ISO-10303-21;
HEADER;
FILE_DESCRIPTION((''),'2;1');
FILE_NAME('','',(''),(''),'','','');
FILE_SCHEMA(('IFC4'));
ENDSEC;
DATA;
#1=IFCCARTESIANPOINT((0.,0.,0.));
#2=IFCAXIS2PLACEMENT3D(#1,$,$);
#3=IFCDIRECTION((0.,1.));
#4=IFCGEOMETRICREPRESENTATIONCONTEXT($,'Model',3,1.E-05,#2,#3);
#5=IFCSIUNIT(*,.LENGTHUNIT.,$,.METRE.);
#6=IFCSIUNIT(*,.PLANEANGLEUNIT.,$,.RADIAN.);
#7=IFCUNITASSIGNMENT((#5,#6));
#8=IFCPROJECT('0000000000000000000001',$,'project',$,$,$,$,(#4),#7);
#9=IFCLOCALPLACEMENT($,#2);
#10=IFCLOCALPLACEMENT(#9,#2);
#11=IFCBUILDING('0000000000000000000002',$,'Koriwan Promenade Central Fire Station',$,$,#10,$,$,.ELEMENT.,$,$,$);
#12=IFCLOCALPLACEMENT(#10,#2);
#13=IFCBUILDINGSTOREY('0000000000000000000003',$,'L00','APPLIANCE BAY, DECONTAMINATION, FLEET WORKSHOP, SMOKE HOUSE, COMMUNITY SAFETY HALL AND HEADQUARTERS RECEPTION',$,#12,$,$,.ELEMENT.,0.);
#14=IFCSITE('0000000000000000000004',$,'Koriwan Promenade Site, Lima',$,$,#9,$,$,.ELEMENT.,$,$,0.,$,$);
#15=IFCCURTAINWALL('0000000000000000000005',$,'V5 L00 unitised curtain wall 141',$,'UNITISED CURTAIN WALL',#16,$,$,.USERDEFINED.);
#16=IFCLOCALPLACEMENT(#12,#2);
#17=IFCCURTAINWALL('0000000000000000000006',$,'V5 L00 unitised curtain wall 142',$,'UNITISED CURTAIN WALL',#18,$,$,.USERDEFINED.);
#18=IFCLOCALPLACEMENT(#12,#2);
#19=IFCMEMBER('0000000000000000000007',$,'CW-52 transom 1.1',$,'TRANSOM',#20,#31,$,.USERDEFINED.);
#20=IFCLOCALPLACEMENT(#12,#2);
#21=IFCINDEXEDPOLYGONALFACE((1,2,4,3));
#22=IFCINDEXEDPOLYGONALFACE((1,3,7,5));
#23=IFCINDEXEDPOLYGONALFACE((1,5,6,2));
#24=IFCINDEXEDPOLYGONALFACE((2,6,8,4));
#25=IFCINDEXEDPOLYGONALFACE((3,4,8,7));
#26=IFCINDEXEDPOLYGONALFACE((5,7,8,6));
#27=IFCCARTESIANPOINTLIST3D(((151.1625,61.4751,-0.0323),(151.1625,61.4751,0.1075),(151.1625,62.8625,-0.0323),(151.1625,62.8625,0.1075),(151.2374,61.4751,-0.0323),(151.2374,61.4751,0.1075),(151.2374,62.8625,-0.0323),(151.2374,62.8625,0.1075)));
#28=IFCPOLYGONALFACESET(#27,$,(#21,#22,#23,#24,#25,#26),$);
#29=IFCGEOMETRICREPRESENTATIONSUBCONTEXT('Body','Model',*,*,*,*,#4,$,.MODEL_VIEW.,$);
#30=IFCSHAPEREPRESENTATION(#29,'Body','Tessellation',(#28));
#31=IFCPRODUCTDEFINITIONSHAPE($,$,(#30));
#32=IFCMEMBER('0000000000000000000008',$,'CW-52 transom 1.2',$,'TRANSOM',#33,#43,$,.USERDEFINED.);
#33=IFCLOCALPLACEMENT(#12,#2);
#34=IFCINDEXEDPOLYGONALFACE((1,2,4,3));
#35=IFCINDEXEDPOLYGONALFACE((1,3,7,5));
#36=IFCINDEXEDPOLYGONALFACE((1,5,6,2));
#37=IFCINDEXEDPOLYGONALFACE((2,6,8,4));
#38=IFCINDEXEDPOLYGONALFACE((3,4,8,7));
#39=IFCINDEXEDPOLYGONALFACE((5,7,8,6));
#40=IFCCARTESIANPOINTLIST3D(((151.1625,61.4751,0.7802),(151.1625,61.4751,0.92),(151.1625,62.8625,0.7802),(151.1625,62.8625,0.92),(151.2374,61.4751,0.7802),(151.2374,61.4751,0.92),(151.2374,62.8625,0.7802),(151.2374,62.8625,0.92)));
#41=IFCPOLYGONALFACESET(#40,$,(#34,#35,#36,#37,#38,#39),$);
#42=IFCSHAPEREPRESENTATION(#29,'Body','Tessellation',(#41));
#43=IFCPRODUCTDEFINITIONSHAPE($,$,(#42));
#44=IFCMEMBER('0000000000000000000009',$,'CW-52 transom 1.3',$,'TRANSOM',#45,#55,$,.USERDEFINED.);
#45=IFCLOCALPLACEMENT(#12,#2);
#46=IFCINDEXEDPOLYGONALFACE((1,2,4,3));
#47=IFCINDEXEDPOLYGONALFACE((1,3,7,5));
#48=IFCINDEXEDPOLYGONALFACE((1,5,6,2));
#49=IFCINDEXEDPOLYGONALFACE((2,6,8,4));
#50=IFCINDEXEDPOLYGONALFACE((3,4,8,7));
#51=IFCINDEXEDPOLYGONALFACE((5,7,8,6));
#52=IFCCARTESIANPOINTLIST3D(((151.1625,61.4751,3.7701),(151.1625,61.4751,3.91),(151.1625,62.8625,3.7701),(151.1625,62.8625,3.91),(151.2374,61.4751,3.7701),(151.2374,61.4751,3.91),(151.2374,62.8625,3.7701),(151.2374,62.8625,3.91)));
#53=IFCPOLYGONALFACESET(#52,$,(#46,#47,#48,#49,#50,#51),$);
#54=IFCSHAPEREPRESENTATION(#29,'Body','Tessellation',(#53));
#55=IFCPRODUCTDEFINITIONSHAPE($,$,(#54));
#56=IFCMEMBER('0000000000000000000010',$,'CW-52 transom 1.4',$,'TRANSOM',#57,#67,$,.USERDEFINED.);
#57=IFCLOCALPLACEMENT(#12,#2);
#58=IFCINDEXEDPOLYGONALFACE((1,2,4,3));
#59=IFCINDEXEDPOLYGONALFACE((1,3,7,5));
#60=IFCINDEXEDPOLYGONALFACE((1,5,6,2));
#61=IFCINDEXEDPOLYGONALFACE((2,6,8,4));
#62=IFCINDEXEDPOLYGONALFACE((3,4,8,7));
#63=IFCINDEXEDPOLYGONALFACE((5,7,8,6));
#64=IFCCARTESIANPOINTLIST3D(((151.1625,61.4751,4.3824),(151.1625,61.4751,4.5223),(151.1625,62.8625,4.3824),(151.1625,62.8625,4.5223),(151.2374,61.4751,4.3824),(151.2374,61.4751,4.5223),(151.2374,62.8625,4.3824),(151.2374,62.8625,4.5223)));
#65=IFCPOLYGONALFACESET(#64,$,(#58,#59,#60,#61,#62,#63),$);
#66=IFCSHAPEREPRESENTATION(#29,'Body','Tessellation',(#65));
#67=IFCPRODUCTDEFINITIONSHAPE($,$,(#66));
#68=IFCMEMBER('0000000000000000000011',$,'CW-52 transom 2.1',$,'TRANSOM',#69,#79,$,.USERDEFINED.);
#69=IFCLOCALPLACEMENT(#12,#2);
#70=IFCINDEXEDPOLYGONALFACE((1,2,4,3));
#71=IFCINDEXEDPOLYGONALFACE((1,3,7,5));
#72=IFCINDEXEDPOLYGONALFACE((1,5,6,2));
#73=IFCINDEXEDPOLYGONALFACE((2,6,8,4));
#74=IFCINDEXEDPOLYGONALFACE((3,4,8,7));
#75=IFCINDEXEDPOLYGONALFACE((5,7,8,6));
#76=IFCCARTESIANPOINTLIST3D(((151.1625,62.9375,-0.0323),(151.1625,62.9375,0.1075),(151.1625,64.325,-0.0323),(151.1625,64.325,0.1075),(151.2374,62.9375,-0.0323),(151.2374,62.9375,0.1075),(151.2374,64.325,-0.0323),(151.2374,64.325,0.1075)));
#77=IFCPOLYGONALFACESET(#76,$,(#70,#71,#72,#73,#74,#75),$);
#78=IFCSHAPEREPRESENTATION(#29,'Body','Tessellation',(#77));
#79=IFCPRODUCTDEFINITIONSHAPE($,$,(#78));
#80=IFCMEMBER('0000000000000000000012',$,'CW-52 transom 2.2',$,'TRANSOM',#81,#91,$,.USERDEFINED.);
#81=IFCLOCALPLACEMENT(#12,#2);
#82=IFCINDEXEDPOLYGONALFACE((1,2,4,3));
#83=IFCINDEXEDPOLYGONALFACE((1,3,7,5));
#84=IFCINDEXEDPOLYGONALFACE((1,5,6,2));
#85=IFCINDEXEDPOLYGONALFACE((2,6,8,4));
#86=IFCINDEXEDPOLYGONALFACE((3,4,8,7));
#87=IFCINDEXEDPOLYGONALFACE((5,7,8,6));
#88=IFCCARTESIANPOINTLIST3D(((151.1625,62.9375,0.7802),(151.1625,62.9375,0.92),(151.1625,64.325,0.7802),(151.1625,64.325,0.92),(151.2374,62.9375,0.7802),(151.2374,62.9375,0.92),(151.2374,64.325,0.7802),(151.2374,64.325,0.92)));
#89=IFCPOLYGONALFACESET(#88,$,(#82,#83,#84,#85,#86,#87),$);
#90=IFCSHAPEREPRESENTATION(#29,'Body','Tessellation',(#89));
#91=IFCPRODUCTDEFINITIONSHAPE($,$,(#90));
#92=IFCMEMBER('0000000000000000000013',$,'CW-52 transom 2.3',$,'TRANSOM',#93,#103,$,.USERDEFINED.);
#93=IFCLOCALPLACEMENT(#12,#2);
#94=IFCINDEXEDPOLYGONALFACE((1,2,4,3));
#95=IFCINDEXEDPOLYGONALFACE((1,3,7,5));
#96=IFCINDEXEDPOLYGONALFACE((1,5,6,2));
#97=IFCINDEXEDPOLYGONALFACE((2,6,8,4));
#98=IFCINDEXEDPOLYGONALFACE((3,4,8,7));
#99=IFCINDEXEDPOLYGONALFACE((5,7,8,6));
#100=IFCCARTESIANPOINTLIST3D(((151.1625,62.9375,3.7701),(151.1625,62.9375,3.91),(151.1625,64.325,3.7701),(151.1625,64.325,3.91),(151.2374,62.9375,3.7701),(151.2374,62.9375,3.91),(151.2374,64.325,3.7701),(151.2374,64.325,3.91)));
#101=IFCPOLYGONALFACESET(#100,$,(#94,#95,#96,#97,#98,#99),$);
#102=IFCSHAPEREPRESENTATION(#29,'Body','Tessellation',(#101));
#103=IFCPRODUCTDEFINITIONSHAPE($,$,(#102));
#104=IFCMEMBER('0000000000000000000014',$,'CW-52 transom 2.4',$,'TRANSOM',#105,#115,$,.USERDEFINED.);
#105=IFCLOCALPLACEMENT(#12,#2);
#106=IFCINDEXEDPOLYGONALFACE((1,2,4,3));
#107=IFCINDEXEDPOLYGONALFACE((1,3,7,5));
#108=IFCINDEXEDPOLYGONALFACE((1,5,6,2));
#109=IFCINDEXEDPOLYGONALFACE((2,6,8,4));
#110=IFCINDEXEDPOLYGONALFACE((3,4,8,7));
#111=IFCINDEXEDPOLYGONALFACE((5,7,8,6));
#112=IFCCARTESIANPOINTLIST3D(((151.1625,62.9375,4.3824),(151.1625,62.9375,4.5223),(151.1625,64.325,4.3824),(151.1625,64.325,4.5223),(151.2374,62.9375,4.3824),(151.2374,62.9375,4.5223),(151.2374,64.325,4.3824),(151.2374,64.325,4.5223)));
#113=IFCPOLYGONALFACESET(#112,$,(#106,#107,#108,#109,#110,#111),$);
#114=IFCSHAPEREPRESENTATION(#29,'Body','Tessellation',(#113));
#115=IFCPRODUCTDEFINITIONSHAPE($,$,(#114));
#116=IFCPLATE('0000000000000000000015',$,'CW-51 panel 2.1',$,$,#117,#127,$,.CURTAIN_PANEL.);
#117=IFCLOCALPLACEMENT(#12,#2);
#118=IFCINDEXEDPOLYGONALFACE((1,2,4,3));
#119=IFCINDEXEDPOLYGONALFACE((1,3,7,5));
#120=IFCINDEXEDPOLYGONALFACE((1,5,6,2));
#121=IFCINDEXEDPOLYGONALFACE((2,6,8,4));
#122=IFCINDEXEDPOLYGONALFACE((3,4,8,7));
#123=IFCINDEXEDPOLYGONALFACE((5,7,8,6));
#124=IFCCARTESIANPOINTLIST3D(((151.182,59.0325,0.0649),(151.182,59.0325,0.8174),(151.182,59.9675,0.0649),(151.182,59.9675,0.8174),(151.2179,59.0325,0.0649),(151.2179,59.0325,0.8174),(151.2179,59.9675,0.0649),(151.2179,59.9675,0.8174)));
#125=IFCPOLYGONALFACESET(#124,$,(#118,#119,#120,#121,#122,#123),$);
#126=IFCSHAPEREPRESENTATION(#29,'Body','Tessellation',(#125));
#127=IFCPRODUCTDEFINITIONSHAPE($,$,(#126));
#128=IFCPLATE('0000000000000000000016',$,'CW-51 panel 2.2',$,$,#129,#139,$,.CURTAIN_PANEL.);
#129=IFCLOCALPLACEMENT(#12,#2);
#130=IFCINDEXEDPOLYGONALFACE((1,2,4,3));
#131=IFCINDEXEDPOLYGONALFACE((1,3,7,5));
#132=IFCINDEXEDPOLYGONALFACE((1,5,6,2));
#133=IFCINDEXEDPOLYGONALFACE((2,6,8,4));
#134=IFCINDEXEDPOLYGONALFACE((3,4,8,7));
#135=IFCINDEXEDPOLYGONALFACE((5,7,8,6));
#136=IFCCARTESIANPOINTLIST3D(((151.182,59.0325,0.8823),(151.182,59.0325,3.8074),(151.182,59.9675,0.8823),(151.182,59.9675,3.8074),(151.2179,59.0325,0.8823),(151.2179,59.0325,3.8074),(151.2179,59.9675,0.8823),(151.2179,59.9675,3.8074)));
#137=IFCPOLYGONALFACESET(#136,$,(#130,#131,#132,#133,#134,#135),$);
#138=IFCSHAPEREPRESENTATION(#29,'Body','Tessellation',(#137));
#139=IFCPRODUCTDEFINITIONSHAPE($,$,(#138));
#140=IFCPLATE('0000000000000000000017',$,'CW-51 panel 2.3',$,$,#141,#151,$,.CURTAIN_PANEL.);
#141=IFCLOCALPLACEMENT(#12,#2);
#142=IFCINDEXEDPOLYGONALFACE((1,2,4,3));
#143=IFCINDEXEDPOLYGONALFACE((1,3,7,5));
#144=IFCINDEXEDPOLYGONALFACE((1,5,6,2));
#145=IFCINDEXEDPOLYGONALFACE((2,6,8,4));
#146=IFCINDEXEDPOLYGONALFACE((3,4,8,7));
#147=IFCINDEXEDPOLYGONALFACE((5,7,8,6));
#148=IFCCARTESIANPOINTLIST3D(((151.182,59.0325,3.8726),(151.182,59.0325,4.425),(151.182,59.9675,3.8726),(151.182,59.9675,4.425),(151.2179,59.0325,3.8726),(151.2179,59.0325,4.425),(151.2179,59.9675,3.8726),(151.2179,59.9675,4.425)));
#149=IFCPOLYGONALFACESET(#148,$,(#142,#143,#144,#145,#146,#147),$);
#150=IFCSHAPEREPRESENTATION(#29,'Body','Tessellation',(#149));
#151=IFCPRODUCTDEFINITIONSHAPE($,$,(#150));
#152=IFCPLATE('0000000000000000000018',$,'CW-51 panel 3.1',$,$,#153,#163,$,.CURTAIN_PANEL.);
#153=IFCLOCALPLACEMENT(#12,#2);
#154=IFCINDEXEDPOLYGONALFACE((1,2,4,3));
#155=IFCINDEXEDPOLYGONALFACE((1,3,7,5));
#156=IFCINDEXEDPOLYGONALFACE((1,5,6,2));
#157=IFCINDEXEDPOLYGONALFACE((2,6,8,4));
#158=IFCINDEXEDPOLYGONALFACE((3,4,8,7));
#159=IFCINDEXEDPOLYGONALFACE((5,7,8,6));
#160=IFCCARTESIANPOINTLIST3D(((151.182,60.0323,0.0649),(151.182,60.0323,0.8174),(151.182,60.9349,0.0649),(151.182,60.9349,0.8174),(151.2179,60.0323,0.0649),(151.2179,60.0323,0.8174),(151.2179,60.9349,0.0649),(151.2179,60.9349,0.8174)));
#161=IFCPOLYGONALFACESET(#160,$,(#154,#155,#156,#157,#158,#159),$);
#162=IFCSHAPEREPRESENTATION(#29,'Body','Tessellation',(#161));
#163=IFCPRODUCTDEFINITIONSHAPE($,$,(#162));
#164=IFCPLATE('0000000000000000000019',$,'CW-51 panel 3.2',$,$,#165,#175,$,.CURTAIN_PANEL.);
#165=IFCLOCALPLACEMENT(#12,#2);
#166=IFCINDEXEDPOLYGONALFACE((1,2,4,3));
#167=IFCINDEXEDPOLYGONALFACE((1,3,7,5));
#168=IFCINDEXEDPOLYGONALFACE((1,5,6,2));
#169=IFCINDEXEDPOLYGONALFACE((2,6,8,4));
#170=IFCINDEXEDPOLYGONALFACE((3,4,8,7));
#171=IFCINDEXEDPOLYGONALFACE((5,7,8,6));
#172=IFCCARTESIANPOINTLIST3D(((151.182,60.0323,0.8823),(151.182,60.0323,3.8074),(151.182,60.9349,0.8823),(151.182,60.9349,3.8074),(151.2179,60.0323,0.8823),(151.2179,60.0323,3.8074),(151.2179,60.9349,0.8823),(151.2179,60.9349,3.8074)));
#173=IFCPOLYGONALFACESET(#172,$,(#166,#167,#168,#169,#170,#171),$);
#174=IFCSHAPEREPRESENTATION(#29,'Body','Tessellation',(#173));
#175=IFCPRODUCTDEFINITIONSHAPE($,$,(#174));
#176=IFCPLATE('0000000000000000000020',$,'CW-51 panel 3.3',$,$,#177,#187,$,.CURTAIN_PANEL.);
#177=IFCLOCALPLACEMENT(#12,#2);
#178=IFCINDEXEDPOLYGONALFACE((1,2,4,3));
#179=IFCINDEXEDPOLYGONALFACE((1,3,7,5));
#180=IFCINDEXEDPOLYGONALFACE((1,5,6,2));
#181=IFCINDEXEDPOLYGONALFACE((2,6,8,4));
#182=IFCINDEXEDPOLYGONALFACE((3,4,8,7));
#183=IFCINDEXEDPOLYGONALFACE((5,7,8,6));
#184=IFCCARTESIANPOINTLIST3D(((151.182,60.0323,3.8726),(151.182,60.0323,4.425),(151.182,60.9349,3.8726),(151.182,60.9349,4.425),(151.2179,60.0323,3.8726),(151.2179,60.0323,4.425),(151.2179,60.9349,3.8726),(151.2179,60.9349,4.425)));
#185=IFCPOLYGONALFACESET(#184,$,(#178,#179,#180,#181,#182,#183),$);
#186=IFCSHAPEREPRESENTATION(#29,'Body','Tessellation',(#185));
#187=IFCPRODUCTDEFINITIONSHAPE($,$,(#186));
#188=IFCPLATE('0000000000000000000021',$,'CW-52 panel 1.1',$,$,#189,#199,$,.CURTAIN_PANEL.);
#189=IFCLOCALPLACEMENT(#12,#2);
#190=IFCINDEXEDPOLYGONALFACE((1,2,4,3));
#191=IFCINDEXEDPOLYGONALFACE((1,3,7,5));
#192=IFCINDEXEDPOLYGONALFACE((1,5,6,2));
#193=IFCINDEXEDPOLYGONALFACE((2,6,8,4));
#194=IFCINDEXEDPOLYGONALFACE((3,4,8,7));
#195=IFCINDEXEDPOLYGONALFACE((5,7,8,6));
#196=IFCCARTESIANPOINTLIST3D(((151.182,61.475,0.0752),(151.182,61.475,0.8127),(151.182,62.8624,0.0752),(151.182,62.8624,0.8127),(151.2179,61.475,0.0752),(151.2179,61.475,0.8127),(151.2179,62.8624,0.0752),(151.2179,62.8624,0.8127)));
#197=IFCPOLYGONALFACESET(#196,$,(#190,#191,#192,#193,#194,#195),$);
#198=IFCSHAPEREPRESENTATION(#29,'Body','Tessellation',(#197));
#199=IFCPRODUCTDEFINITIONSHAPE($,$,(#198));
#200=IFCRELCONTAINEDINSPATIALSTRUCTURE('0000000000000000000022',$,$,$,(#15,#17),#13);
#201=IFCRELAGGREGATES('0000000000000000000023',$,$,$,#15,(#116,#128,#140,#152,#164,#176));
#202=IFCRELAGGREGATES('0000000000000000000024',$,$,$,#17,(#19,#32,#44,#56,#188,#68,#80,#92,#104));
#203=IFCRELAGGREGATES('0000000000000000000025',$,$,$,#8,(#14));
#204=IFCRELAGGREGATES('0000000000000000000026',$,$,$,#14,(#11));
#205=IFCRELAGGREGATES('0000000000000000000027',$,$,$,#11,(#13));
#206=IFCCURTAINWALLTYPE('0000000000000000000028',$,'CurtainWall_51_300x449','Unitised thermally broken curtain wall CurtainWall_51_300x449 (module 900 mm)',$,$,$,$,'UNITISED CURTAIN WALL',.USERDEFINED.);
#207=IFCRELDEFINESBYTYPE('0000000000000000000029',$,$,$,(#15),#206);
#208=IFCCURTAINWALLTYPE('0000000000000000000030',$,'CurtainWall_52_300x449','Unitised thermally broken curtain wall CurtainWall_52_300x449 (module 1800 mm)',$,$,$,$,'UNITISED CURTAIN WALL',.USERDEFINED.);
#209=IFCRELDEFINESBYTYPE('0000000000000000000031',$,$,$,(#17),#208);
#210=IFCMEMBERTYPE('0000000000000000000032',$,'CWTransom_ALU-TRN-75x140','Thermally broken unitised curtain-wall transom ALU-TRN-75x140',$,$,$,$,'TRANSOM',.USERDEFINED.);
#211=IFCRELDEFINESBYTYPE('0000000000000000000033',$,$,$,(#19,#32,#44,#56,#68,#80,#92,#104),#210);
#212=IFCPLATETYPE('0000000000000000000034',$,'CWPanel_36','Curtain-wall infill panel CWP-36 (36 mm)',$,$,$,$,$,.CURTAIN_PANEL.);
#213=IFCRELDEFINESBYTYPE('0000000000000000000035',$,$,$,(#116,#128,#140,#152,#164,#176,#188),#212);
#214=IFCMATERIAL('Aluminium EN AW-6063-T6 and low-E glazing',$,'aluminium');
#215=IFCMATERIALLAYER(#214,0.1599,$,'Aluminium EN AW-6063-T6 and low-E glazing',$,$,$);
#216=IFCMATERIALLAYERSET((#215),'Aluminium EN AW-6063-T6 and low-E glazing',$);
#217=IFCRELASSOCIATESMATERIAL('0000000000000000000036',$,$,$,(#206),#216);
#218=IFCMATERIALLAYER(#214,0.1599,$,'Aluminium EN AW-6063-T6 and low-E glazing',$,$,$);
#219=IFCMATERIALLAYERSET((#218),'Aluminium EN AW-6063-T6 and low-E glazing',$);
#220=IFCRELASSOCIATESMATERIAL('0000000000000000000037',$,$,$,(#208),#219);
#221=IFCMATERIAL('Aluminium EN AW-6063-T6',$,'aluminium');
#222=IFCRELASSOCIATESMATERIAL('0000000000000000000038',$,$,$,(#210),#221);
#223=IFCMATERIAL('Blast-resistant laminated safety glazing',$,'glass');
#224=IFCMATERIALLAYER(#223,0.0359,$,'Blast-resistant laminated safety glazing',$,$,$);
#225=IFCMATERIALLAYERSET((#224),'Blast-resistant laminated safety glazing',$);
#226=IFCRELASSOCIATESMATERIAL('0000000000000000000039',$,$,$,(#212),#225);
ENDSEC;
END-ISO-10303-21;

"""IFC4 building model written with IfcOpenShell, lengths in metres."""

from ifc_helpers import new_model, si_unit, direction, frame, origin, origin_2d, place, context, subcontext, project, spatial, rectangle, extrude, material, layer, layer_set, material_profile, profile_set, type_object, element, aggregate, save


model = new_model("IFC4")

# Units and contexts
model_context = context("Model", 3, precision=1e-05, world=origin(), true_north=direction((0.0, 1.0)))
body_context = subcontext(model_context, "Body", "Model", "MODEL_VIEW")
ifc_project = project(units=[si_unit("LENGTHUNIT", "METRE"), si_unit("PLANEANGLEUNIT", "RADIAN")], contexts=[model_context])

# Site, building, storey
site_placement = place(None, origin())
site = spatial("IfcSite", under=ifc_project, at=site_placement, Name="Koriwan Promenade Site, Lima", CompositionType="ELEMENT", RefElevation=0.0)
building_placement = place(site_placement, origin())
building = spatial("IfcBuilding", under=site, at=building_placement, Name="Koriwan Promenade Central Fire Station", CompositionType="ELEMENT")
storey_placement = place(building_placement, origin())
storey = spatial("IfcBuildingStorey", under=building, at=storey_placement, Name="L00", Description="APPLIANCE BAY, DECONTAMINATION, FLEET WORKSHOP, SMOKE HOUSE, COMMUNITY SAFETY HALL AND HEADQUARTERS RECEPTION", CompositionType="ELEMENT", Elevation=0.0)

# Curtain walls
ifc_material_1 = material(Name="Aluminium EN AW-6063-T6 and low-E glazing", Category="aluminium")
ifc_layer_1 = layer(ifc_material_1, 0.1599, Name="Aluminium EN AW-6063-T6 and low-E glazing")
ifc_layer_set_1 = layer_set([ifc_layer_1], Name="Aluminium EN AW-6063-T6 and low-E glazing")
curtain_wall_type_1 = type_object("IfcCurtainWallType", Name="CurtainWall_51_300x449", Description="Unitised thermally broken curtain wall CurtainWall_51_300x449 (module 900 mm)", ElementType="UNITISED CURTAIN WALL", PredefinedType="USERDEFINED", material=ifc_layer_set_1)
curtain_wall_1_placement = place(storey_placement, origin())
curtain_wall_1 = element("IfcCurtainWall", 1, at=curtain_wall_1_placement, inside=storey, type_object=curtain_wall_type_1, Name="V5 L00 unitised curtain wall 141", ObjectType="UNITISED CURTAIN WALL", PredefinedType="USERDEFINED")
ifc_material_2 = material(Name="Aluminium EN AW-6063-T6", Category="aluminium")
ifc_layer_2 = layer(ifc_material_1, 0.1599, Name="Aluminium EN AW-6063-T6 and low-E glazing")
ifc_layer_set_2 = layer_set([ifc_layer_2], Name="Aluminium EN AW-6063-T6 and low-E glazing")
curtain_wall_type_2 = type_object("IfcCurtainWallType", Name="CurtainWall_52_300x449", Description="Unitised thermally broken curtain wall CurtainWall_52_300x449 (module 1800 mm)", ElementType="UNITISED CURTAIN WALL", PredefinedType="USERDEFINED", material=ifc_layer_set_2)
curtain_wall_2_placement = place(storey_placement, origin())
curtain_wall_2 = element("IfcCurtainWall", 2, at=curtain_wall_2_placement, inside=storey, type_object=curtain_wall_type_2, Name="V5 L00 unitised curtain wall 142", ObjectType="UNITISED CURTAIN WALL", PredefinedType="USERDEFINED")

# Members
ifc_material_profile_1 = material_profile(ifc_material_2, rectangle(XDim=0.075, YDim=0.1399, at=origin_2d()), Name="ALU-TRN-75x140")
ifc_profile_set_1 = profile_set([ifc_material_profile_1], Name="Aluminium EN AW-6063-T6")
member_type_1 = type_object("IfcMemberType", Name="CWTransom_ALU-TRN-75x140", Description="Thermally broken unitised curtain-wall transom ALU-TRN-75x140", ElementType="TRANSOM", PredefinedType="USERDEFINED", material=ifc_profile_set_1)
member_1_placement = place(storey_placement, frame((151.2, 61.4751, 0.0376), z_axis=(0.0, 1.0, 0.0), x_axis=(-1.0, 0.0, 0.0)))
member_1 = element("IfcMember", 3, at=member_1_placement, type_object=member_type_1, Name="CW-52 transom 1.1", ObjectType="TRANSOM", PredefinedType="USERDEFINED", context=body_context, shape_type="SweptSolid", body=[
    extrude(rectangle(XDim=0.075, YDim=0.1399, at=origin_2d()), origin(), (0.0, 0.0, 1.0), 1.3875),
])
member_2_placement = place(storey_placement, frame((151.2, 61.4751, 0.8501), z_axis=(0.0, 1.0, 0.0), x_axis=(-1.0, 0.0, 0.0)))
member_2 = element("IfcMember", 4, at=member_2_placement, type_object=member_type_1, Name="CW-52 transom 1.2", ObjectType="TRANSOM", PredefinedType="USERDEFINED", context=body_context, shape_type="SweptSolid", body=[
    extrude(rectangle(XDim=0.075, YDim=0.1399, at=origin_2d()), origin(), (0.0, 0.0, 1.0), 1.3875),
])
member_3_placement = place(storey_placement, frame((151.2, 61.4751, 3.8401), z_axis=(0.0, 1.0, 0.0), x_axis=(-1.0, 0.0, 0.0)))
member_3 = element("IfcMember", 5, at=member_3_placement, type_object=member_type_1, Name="CW-52 transom 1.3", ObjectType="TRANSOM", PredefinedType="USERDEFINED", context=body_context, shape_type="SweptSolid", body=[
    extrude(rectangle(XDim=0.075, YDim=0.1399, at=origin_2d()), origin(), (0.0, 0.0, 1.0), 1.3875),
])
member_4_placement = place(storey_placement, frame((151.2, 61.4751, 4.4524), z_axis=(0.0, 1.0, 0.0), x_axis=(-1.0, 0.0, 0.0)))
member_4 = element("IfcMember", 6, at=member_4_placement, type_object=member_type_1, Name="CW-52 transom 1.4", ObjectType="TRANSOM", PredefinedType="USERDEFINED", context=body_context, shape_type="SweptSolid", body=[
    extrude(rectangle(XDim=0.075, YDim=0.1399, at=origin_2d()), origin(), (0.0, 0.0, 1.0), 1.3875),
])
member_5_placement = place(storey_placement, frame((151.2, 62.9375, 0.0376), z_axis=(0.0, 1.0, 0.0), x_axis=(-1.0, 0.0, 0.0)))
member_5 = element("IfcMember", 7, at=member_5_placement, type_object=member_type_1, Name="CW-52 transom 2.1", ObjectType="TRANSOM", PredefinedType="USERDEFINED", context=body_context, shape_type="SweptSolid", body=[
    extrude(rectangle(XDim=0.075, YDim=0.1399, at=origin_2d()), origin(), (0.0, 0.0, 1.0), 1.3875),
])
member_6_placement = place(storey_placement, frame((151.2, 62.9375, 0.8501), z_axis=(0.0, 1.0, 0.0), x_axis=(-1.0, 0.0, 0.0)))
member_6 = element("IfcMember", 8, at=member_6_placement, type_object=member_type_1, Name="CW-52 transom 2.2", ObjectType="TRANSOM", PredefinedType="USERDEFINED", context=body_context, shape_type="SweptSolid", body=[
    extrude(rectangle(XDim=0.075, YDim=0.1399, at=origin_2d()), origin(), (0.0, 0.0, 1.0), 1.3875),
])
member_7_placement = place(storey_placement, frame((151.2, 62.9375, 3.8401), z_axis=(0.0, 1.0, 0.0), x_axis=(-1.0, 0.0, 0.0)))
member_7 = element("IfcMember", 9, at=member_7_placement, type_object=member_type_1, Name="CW-52 transom 2.3", ObjectType="TRANSOM", PredefinedType="USERDEFINED", context=body_context, shape_type="SweptSolid", body=[
    extrude(rectangle(XDim=0.075, YDim=0.1399, at=origin_2d()), origin(), (0.0, 0.0, 1.0), 1.3875),
])
member_8_placement = place(storey_placement, frame((151.2, 62.9375, 4.4524), z_axis=(0.0, 1.0, 0.0), x_axis=(-1.0, 0.0, 0.0)))
member_8 = element("IfcMember", 10, at=member_8_placement, type_object=member_type_1, Name="CW-52 transom 2.4", ObjectType="TRANSOM", PredefinedType="USERDEFINED", context=body_context, shape_type="SweptSolid", body=[
    extrude(rectangle(XDim=0.075, YDim=0.1399, at=origin_2d()), origin(), (0.0, 0.0, 1.0), 1.3875),
])

# Plates
ifc_material_3 = material(Name="Blast-resistant laminated safety glazing", Category="glass")
ifc_layer_3 = layer(ifc_material_3, 0.0359, Name="Blast-resistant laminated safety glazing")
ifc_layer_set_3 = layer_set([ifc_layer_3], Name="Blast-resistant laminated safety glazing")
plate_type = type_object("IfcPlateType", Name="CWPanel_36", Description="Curtain-wall infill panel CWP-36 (36 mm)", PredefinedType="CURTAIN_PANEL", material=ifc_layer_set_3)
plate_1_placement = place(storey_placement, frame((151.2, 59.5, 0.0649), z_axis=(0.0, 0.0, 1.0), x_axis=(0.0, 1.0, 0.0)))
plate_1 = element("IfcPlate", 11, at=plate_1_placement, type_object=plate_type, Name="CW-51 panel 2.1", PredefinedType="CURTAIN_PANEL", context=body_context, shape_type="SweptSolid", body=[
    extrude(rectangle(XDim=0.9351, YDim=0.0359, at=origin_2d()), origin(), (0.0, 0.0, 1.0), 0.7524),
])
plate_2_placement = place(storey_placement, frame((151.2, 59.5, 0.8823), z_axis=(0.0, 0.0, 1.0), x_axis=(0.0, 1.0, 0.0)))
plate_2 = element("IfcPlate", 12, at=plate_2_placement, type_object=plate_type, Name="CW-51 panel 2.2", PredefinedType="CURTAIN_PANEL", context=body_context, shape_type="SweptSolid", body=[
    extrude(rectangle(XDim=0.9351, YDim=0.0359, at=origin_2d()), origin(), (0.0, 0.0, 1.0), 2.925),
])
plate_3_placement = place(storey_placement, frame((151.2, 59.5, 3.8726), z_axis=(0.0, 0.0, 1.0), x_axis=(0.0, 1.0, 0.0)))
plate_3 = element("IfcPlate", 13, at=plate_3_placement, type_object=plate_type, Name="CW-51 panel 2.3", PredefinedType="CURTAIN_PANEL", context=body_context, shape_type="SweptSolid", body=[
    extrude(rectangle(XDim=0.9351, YDim=0.0359, at=origin_2d()), origin(), (0.0, 0.0, 1.0), 0.5525),
])
plate_4_placement = place(storey_placement, frame((151.2, 60.4836, 0.0649), z_axis=(0.0, 0.0, 1.0), x_axis=(0.0, 1.0, 0.0)))
plate_4 = element("IfcPlate", 14, at=plate_4_placement, type_object=plate_type, Name="CW-51 panel 3.1", PredefinedType="CURTAIN_PANEL", context=body_context, shape_type="SweptSolid", body=[
    extrude(rectangle(XDim=0.9026, YDim=0.0359, at=origin_2d()), origin(), (0.0, 0.0, 1.0), 0.7524),
])
plate_5_placement = place(storey_placement, frame((151.2, 60.4836, 0.8823), z_axis=(0.0, 0.0, 1.0), x_axis=(0.0, 1.0, 0.0)))
plate_5 = element("IfcPlate", 15, at=plate_5_placement, type_object=plate_type, Name="CW-51 panel 3.2", PredefinedType="CURTAIN_PANEL", context=body_context, shape_type="SweptSolid", body=[
    extrude(rectangle(XDim=0.9026, YDim=0.0359, at=origin_2d()), origin(), (0.0, 0.0, 1.0), 2.925),
])
plate_6_placement = place(storey_placement, frame((151.2, 60.4836, 3.8726), z_axis=(0.0, 0.0, 1.0), x_axis=(0.0, 1.0, 0.0)))
plate_6 = element("IfcPlate", 16, at=plate_6_placement, type_object=plate_type, Name="CW-51 panel 3.3", PredefinedType="CURTAIN_PANEL", context=body_context, shape_type="SweptSolid", body=[
    extrude(rectangle(XDim=0.9026, YDim=0.0359, at=origin_2d()), origin(), (0.0, 0.0, 1.0), 0.5525),
])
aggregate(curtain_wall_1, [plate_1, plate_2, plate_3, plate_4, plate_5, plate_6])
plate_7_placement = place(storey_placement, frame((151.2, 62.1687, 0.0752), z_axis=(0.0, 0.0, 1.0), x_axis=(0.0, 1.0, 0.0)))
plate_7 = element("IfcPlate", 17, at=plate_7_placement, type_object=plate_type, Name="CW-52 panel 1.1", PredefinedType="CURTAIN_PANEL", context=body_context, shape_type="SweptSolid", body=[
    extrude(rectangle(XDim=1.3875, YDim=0.0359, at=origin_2d()), origin(), (0.0, 0.0, 1.0), 0.7375),
])
aggregate(curtain_wall_2, [member_1, member_2, member_3, member_4, plate_7, member_5, member_6, member_7, member_8])

save(model, "model.ifc")
